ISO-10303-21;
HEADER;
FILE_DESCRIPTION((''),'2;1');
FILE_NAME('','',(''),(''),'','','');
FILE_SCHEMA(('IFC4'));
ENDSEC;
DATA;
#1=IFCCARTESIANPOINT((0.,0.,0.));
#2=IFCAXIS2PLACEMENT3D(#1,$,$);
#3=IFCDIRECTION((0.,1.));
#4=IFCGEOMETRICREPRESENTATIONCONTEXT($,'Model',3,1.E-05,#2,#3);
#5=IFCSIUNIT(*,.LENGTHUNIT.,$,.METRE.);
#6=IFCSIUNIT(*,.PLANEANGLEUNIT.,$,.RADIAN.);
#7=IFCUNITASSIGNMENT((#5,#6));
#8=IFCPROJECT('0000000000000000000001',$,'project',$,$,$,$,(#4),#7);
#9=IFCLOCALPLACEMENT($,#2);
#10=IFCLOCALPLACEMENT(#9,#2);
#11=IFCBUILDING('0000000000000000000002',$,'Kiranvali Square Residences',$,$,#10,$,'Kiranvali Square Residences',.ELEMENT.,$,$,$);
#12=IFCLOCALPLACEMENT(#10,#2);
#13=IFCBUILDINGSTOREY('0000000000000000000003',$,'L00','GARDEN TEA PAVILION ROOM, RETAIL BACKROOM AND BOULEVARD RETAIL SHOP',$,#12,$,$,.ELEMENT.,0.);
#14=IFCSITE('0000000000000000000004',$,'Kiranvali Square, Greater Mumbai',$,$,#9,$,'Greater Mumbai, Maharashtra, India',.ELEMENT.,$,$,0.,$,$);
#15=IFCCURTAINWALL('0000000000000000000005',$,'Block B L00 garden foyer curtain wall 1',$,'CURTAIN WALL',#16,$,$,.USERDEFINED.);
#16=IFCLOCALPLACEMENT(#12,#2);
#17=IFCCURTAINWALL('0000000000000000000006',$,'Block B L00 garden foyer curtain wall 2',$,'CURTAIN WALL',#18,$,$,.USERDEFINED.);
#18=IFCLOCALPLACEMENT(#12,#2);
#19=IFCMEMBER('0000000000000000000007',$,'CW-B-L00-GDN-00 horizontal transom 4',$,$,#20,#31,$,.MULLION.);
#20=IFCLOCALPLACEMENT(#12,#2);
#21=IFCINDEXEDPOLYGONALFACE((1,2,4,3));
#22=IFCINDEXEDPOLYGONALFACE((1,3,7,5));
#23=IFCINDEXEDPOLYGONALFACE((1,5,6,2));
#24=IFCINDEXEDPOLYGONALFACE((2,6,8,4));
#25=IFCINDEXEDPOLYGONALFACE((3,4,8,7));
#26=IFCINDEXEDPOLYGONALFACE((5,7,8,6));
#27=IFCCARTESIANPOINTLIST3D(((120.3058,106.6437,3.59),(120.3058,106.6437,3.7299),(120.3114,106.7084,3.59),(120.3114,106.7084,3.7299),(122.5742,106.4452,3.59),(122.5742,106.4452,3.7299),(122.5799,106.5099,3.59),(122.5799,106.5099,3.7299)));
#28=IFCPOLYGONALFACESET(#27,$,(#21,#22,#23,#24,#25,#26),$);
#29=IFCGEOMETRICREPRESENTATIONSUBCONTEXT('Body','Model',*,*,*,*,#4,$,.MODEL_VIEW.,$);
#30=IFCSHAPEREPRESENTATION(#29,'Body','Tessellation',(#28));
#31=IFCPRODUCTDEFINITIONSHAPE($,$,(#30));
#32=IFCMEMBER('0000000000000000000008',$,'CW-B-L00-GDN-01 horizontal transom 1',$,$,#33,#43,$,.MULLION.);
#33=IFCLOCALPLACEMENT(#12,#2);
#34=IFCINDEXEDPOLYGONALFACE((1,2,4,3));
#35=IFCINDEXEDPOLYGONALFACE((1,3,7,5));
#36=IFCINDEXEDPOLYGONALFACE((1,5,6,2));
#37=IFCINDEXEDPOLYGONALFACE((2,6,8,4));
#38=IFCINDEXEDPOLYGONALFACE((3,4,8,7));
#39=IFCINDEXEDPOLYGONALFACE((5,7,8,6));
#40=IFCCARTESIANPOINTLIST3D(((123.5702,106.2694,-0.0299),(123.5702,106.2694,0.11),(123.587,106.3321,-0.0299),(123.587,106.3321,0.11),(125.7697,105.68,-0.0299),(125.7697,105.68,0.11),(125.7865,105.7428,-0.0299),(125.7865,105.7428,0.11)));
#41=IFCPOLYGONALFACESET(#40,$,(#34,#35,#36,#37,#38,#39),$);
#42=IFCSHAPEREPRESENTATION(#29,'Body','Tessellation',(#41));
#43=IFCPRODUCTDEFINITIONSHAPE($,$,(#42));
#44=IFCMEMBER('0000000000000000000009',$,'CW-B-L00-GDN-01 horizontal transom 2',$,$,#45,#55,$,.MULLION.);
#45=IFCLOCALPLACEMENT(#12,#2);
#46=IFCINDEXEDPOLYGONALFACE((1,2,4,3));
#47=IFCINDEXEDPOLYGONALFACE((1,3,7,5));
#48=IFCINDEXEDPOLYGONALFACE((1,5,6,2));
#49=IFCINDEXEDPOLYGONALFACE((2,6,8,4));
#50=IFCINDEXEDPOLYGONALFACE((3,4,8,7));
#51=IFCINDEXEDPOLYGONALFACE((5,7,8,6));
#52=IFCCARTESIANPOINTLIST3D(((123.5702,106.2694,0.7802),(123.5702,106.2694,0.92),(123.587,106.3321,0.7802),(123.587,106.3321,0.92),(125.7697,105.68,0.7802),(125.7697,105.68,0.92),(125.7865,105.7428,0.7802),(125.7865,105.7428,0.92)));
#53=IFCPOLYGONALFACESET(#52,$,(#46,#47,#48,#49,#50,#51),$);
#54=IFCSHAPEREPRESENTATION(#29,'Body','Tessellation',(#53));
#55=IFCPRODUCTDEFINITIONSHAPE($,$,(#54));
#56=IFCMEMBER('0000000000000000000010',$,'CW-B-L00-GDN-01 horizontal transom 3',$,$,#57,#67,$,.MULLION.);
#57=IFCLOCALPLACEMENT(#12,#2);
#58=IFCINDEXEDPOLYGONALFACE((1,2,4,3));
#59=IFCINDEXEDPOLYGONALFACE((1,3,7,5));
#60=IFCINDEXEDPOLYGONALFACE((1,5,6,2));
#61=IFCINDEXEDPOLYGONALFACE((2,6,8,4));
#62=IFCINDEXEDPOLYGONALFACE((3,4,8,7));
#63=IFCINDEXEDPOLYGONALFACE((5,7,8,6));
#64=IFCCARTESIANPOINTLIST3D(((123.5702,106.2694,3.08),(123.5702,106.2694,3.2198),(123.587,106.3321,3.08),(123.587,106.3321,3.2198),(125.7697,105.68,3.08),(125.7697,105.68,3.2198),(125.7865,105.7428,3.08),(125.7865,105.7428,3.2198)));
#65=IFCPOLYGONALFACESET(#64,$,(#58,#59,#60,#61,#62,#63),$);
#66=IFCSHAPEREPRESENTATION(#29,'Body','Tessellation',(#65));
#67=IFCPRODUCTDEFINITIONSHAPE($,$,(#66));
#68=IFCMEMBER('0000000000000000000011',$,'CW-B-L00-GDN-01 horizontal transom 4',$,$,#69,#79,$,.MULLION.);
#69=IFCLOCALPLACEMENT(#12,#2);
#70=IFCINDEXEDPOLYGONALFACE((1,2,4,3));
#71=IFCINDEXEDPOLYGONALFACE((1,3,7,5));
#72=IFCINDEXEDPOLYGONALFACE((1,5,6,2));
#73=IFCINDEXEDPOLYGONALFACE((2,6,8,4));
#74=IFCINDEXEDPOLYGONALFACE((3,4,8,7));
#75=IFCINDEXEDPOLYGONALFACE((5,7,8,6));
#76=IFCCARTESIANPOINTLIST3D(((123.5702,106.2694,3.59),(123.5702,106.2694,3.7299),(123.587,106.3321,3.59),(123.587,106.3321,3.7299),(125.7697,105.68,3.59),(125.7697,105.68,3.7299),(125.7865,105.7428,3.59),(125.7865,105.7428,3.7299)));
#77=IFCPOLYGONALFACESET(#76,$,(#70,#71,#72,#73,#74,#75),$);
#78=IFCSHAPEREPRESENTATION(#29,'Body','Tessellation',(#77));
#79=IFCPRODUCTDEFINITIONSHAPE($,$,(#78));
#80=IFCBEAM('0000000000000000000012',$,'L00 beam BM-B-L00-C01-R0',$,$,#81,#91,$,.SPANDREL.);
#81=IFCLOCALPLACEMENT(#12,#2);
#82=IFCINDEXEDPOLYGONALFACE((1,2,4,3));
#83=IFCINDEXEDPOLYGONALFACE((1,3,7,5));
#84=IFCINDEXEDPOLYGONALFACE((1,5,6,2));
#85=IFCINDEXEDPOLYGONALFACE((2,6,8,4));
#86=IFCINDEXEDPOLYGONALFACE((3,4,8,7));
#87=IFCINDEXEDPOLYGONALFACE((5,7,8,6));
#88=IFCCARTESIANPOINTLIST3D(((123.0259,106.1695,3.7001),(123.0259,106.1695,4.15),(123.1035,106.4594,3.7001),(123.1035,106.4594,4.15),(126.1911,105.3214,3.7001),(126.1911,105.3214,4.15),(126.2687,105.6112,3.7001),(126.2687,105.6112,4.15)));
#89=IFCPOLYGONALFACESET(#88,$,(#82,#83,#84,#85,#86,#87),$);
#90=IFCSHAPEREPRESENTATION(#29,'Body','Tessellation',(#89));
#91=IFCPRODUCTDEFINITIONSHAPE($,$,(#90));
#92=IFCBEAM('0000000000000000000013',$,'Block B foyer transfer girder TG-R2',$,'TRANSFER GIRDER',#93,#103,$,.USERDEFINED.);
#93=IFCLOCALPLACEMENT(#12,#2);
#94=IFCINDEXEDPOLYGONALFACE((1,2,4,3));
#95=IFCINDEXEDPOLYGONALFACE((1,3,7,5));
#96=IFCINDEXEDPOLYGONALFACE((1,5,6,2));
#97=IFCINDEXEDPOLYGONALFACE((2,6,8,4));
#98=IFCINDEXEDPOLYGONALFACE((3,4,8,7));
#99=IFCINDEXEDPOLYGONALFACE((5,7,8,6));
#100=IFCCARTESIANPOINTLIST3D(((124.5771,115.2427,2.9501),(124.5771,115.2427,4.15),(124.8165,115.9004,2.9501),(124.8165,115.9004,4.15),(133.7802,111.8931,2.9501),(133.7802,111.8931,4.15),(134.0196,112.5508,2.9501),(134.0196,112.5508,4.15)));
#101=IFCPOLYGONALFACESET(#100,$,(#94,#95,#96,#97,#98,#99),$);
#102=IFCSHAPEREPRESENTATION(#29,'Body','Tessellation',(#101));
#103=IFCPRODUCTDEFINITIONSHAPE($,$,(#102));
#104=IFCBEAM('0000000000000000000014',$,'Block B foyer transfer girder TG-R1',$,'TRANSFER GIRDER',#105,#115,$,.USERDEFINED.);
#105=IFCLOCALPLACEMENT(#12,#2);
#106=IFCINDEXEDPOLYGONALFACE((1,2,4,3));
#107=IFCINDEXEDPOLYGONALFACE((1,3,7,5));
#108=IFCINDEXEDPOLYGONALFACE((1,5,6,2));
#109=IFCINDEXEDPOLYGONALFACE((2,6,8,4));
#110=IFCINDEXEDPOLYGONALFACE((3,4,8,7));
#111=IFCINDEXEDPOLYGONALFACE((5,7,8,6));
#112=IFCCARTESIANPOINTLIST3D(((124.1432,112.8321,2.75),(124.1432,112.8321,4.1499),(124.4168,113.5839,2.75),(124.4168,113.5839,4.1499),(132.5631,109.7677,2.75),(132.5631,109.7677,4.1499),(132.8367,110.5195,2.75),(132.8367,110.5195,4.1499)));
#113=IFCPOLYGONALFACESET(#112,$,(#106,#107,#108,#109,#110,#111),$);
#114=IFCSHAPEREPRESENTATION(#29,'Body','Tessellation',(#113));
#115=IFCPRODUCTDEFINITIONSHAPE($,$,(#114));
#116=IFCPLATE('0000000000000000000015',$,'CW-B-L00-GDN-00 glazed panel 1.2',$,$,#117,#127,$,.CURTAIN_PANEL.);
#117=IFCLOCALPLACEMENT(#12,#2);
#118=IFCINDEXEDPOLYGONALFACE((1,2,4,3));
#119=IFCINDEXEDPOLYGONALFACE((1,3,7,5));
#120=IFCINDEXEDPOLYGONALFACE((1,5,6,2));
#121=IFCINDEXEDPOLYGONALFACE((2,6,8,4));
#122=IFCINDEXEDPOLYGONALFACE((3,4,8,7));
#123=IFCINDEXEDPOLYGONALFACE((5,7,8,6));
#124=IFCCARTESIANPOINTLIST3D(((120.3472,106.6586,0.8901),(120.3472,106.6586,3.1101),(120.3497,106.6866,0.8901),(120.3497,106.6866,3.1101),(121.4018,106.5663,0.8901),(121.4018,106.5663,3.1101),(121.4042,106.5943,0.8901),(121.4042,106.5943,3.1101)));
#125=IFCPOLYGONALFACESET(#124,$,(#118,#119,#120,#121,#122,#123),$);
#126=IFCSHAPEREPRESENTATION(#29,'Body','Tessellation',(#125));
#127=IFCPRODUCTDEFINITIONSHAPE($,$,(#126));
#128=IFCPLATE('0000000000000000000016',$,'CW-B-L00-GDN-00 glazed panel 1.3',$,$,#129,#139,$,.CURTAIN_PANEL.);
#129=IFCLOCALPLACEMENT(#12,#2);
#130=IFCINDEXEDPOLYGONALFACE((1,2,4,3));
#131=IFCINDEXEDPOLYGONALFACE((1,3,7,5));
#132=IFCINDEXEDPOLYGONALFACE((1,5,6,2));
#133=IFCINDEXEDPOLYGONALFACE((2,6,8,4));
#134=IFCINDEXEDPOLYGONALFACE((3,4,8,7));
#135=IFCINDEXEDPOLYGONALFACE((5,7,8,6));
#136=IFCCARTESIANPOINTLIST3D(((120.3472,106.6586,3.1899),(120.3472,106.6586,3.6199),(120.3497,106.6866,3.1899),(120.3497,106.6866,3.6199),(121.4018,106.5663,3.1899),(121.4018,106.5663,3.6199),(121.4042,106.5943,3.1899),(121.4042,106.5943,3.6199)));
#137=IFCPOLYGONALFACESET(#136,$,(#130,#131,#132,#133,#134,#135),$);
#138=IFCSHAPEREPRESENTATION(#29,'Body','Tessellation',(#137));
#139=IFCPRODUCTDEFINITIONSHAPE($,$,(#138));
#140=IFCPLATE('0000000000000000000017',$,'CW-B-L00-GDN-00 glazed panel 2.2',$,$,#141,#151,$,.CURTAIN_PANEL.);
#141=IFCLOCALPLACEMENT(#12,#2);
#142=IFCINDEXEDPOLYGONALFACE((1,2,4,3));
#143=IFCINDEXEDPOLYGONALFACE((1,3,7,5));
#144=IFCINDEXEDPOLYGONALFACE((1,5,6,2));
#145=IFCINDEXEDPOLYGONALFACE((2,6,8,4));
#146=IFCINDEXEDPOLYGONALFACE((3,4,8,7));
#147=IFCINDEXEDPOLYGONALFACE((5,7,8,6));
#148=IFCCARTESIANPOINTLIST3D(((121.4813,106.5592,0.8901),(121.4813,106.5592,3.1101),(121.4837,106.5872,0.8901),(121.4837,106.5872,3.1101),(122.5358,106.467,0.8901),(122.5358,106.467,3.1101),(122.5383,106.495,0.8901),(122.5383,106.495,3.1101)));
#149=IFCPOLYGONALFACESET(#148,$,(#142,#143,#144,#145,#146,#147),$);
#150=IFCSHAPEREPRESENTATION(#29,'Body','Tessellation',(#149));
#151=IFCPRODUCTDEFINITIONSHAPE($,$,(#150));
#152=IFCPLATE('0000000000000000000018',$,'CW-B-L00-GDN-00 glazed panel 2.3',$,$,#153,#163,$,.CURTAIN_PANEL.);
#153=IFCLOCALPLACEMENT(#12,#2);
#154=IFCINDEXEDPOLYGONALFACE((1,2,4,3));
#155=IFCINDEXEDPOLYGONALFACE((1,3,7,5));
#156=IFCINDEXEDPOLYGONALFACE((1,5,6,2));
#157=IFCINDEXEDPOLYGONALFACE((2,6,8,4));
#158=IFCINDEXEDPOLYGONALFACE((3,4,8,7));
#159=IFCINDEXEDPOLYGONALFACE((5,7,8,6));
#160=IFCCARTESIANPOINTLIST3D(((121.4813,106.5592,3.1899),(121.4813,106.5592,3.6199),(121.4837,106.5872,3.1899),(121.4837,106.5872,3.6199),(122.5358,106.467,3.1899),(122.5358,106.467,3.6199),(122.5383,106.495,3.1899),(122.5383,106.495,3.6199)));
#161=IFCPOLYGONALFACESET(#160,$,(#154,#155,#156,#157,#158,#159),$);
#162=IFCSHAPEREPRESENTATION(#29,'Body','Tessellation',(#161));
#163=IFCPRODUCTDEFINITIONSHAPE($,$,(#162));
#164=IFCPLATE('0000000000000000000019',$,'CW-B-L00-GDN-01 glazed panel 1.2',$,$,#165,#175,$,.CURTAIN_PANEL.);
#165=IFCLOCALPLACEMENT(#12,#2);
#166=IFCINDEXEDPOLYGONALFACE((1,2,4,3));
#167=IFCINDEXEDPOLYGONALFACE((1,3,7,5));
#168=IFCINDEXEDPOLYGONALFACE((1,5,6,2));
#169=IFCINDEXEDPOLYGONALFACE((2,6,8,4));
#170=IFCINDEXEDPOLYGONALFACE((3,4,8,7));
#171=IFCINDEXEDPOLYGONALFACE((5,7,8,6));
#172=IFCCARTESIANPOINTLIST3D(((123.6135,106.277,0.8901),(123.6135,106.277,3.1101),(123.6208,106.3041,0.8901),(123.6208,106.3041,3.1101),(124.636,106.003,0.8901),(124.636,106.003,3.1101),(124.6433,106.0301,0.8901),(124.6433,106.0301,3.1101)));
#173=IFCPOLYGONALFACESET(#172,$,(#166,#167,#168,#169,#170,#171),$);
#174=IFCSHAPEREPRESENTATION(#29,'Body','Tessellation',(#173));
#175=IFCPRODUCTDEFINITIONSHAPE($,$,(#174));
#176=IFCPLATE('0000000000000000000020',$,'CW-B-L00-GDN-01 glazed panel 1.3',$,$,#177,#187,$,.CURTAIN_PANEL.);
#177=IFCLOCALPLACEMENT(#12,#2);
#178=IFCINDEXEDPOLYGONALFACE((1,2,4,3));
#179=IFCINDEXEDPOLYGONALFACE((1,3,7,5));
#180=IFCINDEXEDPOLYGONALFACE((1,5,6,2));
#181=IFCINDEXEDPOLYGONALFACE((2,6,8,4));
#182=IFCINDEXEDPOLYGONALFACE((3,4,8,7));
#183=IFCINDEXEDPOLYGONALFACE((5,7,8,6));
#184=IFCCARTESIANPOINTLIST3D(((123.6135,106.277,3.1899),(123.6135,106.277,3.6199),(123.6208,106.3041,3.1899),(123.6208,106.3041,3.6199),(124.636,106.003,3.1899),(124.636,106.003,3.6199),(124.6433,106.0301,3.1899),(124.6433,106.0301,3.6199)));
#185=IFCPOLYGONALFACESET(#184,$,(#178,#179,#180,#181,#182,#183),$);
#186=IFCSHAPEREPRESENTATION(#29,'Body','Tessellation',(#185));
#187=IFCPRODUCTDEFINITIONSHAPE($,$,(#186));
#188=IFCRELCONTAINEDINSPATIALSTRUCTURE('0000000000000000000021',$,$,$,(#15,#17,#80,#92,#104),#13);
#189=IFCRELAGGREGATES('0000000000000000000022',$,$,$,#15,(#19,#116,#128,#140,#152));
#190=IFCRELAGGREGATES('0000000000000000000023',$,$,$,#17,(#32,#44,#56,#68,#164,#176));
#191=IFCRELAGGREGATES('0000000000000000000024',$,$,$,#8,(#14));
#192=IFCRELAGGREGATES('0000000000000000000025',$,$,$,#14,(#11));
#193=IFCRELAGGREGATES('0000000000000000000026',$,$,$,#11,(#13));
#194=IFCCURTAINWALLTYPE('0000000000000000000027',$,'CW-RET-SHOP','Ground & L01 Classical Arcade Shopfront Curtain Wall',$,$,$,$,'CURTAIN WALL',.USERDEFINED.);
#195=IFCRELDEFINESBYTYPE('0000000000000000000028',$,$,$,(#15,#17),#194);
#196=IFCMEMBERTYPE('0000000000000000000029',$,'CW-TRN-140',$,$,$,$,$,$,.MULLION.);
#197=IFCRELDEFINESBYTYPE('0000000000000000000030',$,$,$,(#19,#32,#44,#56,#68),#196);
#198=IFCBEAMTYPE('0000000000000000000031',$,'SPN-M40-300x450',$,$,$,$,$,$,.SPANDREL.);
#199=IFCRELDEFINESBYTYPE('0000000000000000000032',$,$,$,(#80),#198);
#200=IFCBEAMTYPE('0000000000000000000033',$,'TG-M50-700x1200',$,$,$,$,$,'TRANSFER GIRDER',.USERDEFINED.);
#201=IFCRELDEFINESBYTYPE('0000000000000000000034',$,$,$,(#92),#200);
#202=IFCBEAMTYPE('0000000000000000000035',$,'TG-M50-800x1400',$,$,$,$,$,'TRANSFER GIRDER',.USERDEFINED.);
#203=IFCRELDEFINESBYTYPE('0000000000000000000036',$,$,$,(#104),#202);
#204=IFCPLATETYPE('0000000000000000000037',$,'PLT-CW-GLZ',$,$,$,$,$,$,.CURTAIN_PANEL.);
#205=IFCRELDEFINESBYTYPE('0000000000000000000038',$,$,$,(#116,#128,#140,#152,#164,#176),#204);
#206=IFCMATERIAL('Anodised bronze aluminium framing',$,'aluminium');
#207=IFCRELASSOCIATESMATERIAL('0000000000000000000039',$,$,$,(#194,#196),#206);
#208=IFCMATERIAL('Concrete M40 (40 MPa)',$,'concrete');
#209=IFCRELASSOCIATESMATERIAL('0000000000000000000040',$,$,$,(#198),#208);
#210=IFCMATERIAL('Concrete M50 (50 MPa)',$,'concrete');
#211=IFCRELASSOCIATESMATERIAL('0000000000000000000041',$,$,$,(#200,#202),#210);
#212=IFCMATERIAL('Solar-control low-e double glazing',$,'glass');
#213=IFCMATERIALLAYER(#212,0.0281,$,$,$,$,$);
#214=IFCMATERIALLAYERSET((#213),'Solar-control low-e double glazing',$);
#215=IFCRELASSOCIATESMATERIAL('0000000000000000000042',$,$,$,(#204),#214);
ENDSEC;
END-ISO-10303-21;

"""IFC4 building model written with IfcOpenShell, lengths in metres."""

from ifc_helpers import new_model, si_unit, direction, frame, origin, origin_2d, place, context, subcontext, project, spatial, rectangle, extrude, material, layer, layer_set, material_profile, profile_set, type_object, element, aggregate, save


model = new_model("IFC4")

# Units and contexts
model_context = context("Model", 3, precision=1e-05, world=origin(), true_north=direction((0.0, 1.0)))
body_context = subcontext(model_context, "Body", "Model", "MODEL_VIEW")
ifc_project = project(units=[si_unit("LENGTHUNIT", "METRE"), si_unit("PLANEANGLEUNIT", "RADIAN")], contexts=[model_context])

# Site, building, storey
site_placement = place(None, origin())
site = spatial("IfcSite", under=ifc_project, at=site_placement, Name="Kiranvali Square, Greater Mumbai", LongName="Greater Mumbai, Maharashtra, India", CompositionType="ELEMENT", RefElevation=0.0)
building_placement = place(site_placement, origin())
building = spatial("IfcBuilding", under=site, at=building_placement, Name="Kiranvali Square Residences", LongName="Kiranvali Square Residences", CompositionType="ELEMENT")
storey_placement = place(building_placement, origin())
storey = spatial("IfcBuildingStorey", under=building, at=storey_placement, Name="L00", Description="GARDEN TEA PAVILION ROOM, RETAIL BACKROOM AND BOULEVARD RETAIL SHOP", CompositionType="ELEMENT", Elevation=0.0)

# Shared definitions
ifc_material_1 = material(Name="Concrete M50 (50 MPa)", Category="concrete")

# Curtain walls
ifc_material_2 = material(Name="Anodised bronze aluminium framing", Category="aluminium")
curtain_wall_type = type_object("IfcCurtainWallType", Name="CW-RET-SHOP", Description="Ground & L01 Classical Arcade Shopfront Curtain Wall", ElementType="CURTAIN WALL", PredefinedType="USERDEFINED", material=ifc_material_2)
curtain_wall_1_placement = place(storey_placement, origin())
curtain_wall_1 = element("IfcCurtainWall", 1, at=curtain_wall_1_placement, inside=storey, type_object=curtain_wall_type, Name="Block B L00 garden foyer curtain wall 1", ObjectType="CURTAIN WALL", PredefinedType="USERDEFINED")
curtain_wall_2_placement = place(storey_placement, origin())
curtain_wall_2 = element("IfcCurtainWall", 2, at=curtain_wall_2_placement, inside=storey, type_object=curtain_wall_type, Name="Block B L00 garden foyer curtain wall 2", ObjectType="CURTAIN WALL", PredefinedType="USERDEFINED")

# Members
ifc_material_profile_1 = material_profile(ifc_material_2, rectangle(XDim=0.0649, YDim=0.1399, at=origin_2d()), Name="ALU 65x140")
ifc_profile_set_1 = profile_set([ifc_material_profile_1], Name="Anodised bronze aluminium framing")
member_type_1 = type_object("IfcMemberType", Name="CW-TRN-140", PredefinedType="MULLION", material=ifc_profile_set_1)
member_1_placement = place(storey_placement, frame((120.3086, 106.676, 3.6599), z_axis=(0.996193, -0.087171, 0.0), x_axis=(0.087171, 0.996193, 0.0)))
member_1 = element("IfcMember", 3, at=member_1_placement, type_object=member_type_1, Name="CW-B-L00-GDN-00 horizontal transom 4", PredefinedType="MULLION", context=body_context, shape_type="SweptSolid", body=[
    extrude(rectangle(XDim=0.0649, YDim=0.1399, at=origin_2d()), origin(), (0.0, 0.0, 1.0), 2.2771),
])
member_2_placement = place(storey_placement, frame((123.5786, 106.3008, 0.04), z_axis=(0.965925, -0.258824, 0.0), x_axis=(0.258824, 0.965925, 0.0)))
member_2 = element("IfcMember", 4, at=member_2_placement, type_object=member_type_1, Name="CW-B-L00-GDN-01 horizontal transom 1", PredefinedType="MULLION", context=body_context, shape_type="SweptSolid", body=[
    extrude(rectangle(XDim=0.0649, YDim=0.1399, at=origin_2d()), origin(), (0.0, 0.0, 1.0), 2.2771),
])
member_3_placement = place(storey_placement, frame((123.5786, 106.3008, 0.8501), z_axis=(0.965925, -0.258824, 0.0), x_axis=(0.258824, 0.965925, 0.0)))
member_3 = element("IfcMember", 5, at=member_3_placement, type_object=member_type_1, Name="CW-B-L00-GDN-01 horizontal transom 2", PredefinedType="MULLION", context=body_context, shape_type="SweptSolid", body=[
    extrude(rectangle(XDim=0.0649, YDim=0.1399, at=origin_2d()), origin(), (0.0, 0.0, 1.0), 2.2771),
])
member_4_placement = place(storey_placement, frame((123.5786, 106.3008, 3.1499), z_axis=(0.965925, -0.258824, 0.0), x_axis=(0.258824, 0.965925, 0.0)))
member_4 = element("IfcMember", 6, at=member_4_placement, type_object=member_type_1, Name="CW-B-L00-GDN-01 horizontal transom 3", PredefinedType="MULLION", context=body_context, shape_type="SweptSolid", body=[
    extrude(rectangle(XDim=0.0649, YDim=0.1399, at=origin_2d()), origin(), (0.0, 0.0, 1.0), 2.2771),
])
member_5_placement = place(storey_placement, frame((123.5786, 106.3008, 3.6599), z_axis=(0.965925, -0.258824, 0.0), x_axis=(0.258824, 0.965925, 0.0)))
member_5 = element("IfcMember", 7, at=member_5_placement, type_object=member_type_1, Name="CW-B-L00-GDN-01 horizontal transom 4", PredefinedType="MULLION", context=body_context, shape_type="SweptSolid", body=[
    extrude(rectangle(XDim=0.0649, YDim=0.1399, at=origin_2d()), origin(), (0.0, 0.0, 1.0), 2.2771),
])

# Beams
ifc_material_3 = material(Name="Concrete M40 (40 MPa)", Category="concrete")
ifc_material_profile_2 = material_profile(ifc_material_3, rectangle(XDim=0.3, YDim=0.45, at=origin_2d()), Name="RC 300x450")
ifc_profile_set_2 = profile_set([ifc_material_profile_2], Name="Concrete M40 (40 MPa)")
beam_type_1 = type_object("IfcBeamType", Name="SPN-M40-300x450", PredefinedType="SPANDREL", material=ifc_profile_set_2)
beam_1_placement = place(storey_placement, frame((123.0647, 106.3145, 3.925), z_axis=(0.965925, -0.258822, 0.0), x_axis=(0.258822, 0.965925, 0.0)))
element("IfcBeam", 8, at=beam_1_placement, inside=storey, type_object=beam_type_1, Name="L00 beam BM-B-L00-C01-R0", PredefinedType="SPANDREL", context=body_context, shape_type="SweptSolid", body=[
    extrude(rectangle(XDim=0.3, YDim=0.45, at=origin_2d()), origin(), (0.0, 0.0, 1.0), 3.2769),
])
ifc_material_profile_3 = material_profile(ifc_material_1, rectangle(XDim=0.7, YDim=1.2, at=origin_2d()), Name="RC 700x1200")
ifc_profile_set_3 = profile_set([ifc_material_profile_3], Name="Concrete M50 (50 MPa)")
beam_type_2 = type_object("IfcBeamType", Name="TG-M50-700x1200", ElementType="TRANSFER GIRDER", PredefinedType="USERDEFINED", material=ifc_profile_set_3)
beam_2_placement = place(storey_placement, frame((124.6968, 115.5715, 3.55), z_axis=(0.939694, -0.342015, 0.0), x_axis=(0.342015, 0.939694, 0.0)))
element("IfcBeam", 9, at=beam_2_placement, inside=storey, type_object=beam_type_2, Name="Block B foyer transfer girder TG-R2", ObjectType="TRANSFER GIRDER", PredefinedType="USERDEFINED", context=body_context, shape_type="SweptSolid", body=[
    extrude(rectangle(XDim=0.7, YDim=1.2, at=origin_2d()), origin(), (0.0, 0.0, 1.0), 9.7937),
])
ifc_material_profile_4 = material_profile(ifc_material_1, rectangle(XDim=0.8, YDim=1.3999, at=origin_2d()), Name="RC 800x1400")
ifc_profile_set_4 = profile_set([ifc_material_profile_4], Name="Concrete M50 (50 MPa)")
beam_type_3 = type_object("IfcBeamType", Name="TG-M50-800x1400", ElementType="TRANSFER GIRDER", PredefinedType="USERDEFINED", material=ifc_profile_set_4)
beam_3_placement = place(storey_placement, frame((124.28, 113.208, 3.45), z_axis=(0.939698, -0.342006, 0.0), x_axis=(0.342006, 0.939698, 0.0)))
element("IfcBeam", 10, at=beam_3_placement, inside=storey, type_object=beam_type_3, Name="Block B foyer transfer girder TG-R1", ObjectType="TRANSFER GIRDER", PredefinedType="USERDEFINED", context=body_context, shape_type="SweptSolid", body=[
    extrude(rectangle(XDim=0.8, YDim=1.3999, at=origin_2d()), origin(), (0.0, 0.0, 1.0), 8.9602),
])

# Plates
ifc_material_4 = material(Name="Solar-control low-e double glazing", Category="glass")
ifc_layer_1 = layer(ifc_material_4, 0.0281)
ifc_layer_set_1 = layer_set([ifc_layer_1], Name="Solar-control low-e double glazing")
plate_type_1 = type_object("IfcPlateType", Name="PLT-CW-GLZ", PredefinedType="CURTAIN_PANEL", material=ifc_layer_set_1)
plate_1_placement = place(storey_placement, frame((120.8757, 106.6265, 0.8901), z_axis=(0.0, 0.0, 1.0), x_axis=(0.996195, -0.087156, 0.0)))
plate_1 = element("IfcPlate", 11, at=plate_1_placement, type_object=plate_type_1, Name="CW-B-L00-GDN-00 glazed panel 1.2", PredefinedType="CURTAIN_PANEL", context=body_context, shape_type="SweptSolid", body=[
    extrude(rectangle(XDim=1.0586, YDim=0.0281, at=origin_2d()), origin(), (0.0, 0.0, 1.0), 2.22),
])
plate_2_placement = place(storey_placement, frame((120.8757, 106.6265, 3.1899), z_axis=(0.0, 0.0, 1.0), x_axis=(0.996195, -0.087156, 0.0)))
plate_2 = element("IfcPlate", 12, at=plate_2_placement, type_object=plate_type_1, Name="CW-B-L00-GDN-00 glazed panel 1.3", PredefinedType="CURTAIN_PANEL", context=body_context, shape_type="SweptSolid", body=[
    extrude(rectangle(XDim=1.0586, YDim=0.0281, at=origin_2d()), origin(), (0.0, 0.0, 1.0), 0.4299),
])
plate_3_placement = place(storey_placement, frame((122.0098, 106.5271, 0.8901), z_axis=(0.0, 0.0, 1.0), x_axis=(0.996195, -0.087156, 0.0)))
plate_3 = element("IfcPlate", 13, at=plate_3_placement, type_object=plate_type_1, Name="CW-B-L00-GDN-00 glazed panel 2.2", PredefinedType="CURTAIN_PANEL", context=body_context, shape_type="SweptSolid", body=[
    extrude(rectangle(XDim=1.0586, YDim=0.0281, at=origin_2d()), origin(), (0.0, 0.0, 1.0), 2.22),
])
plate_4_placement = place(storey_placement, frame((122.0098, 106.5271, 3.1899), z_axis=(0.0, 0.0, 1.0), x_axis=(0.996195, -0.087156, 0.0)))
plate_4 = element("IfcPlate", 14, at=plate_4_placement, type_object=plate_type_1, Name="CW-B-L00-GDN-00 glazed panel 2.3", PredefinedType="CURTAIN_PANEL", context=body_context, shape_type="SweptSolid", body=[
    extrude(rectangle(XDim=1.0586, YDim=0.0281, at=origin_2d()), origin(), (0.0, 0.0, 1.0), 0.4299),
])
plate_5_placement = place(storey_placement, frame((124.1284, 106.1536, 0.8901), z_axis=(0.0, 0.0, 1.0), x_axis=(0.965926, -0.258819, 0.0)))
plate_5 = element("IfcPlate", 15, at=plate_5_placement, type_object=plate_type_1, Name="CW-B-L00-GDN-01 glazed panel 1.2", PredefinedType="CURTAIN_PANEL", context=body_context, shape_type="SweptSolid", body=[
    extrude(rectangle(XDim=1.0586, YDim=0.0281, at=origin_2d()), origin(), (0.0, 0.0, 1.0), 2.22),
])
plate_6_placement = place(storey_placement, frame((124.1284, 106.1536, 3.1899), z_axis=(0.0, 0.0, 1.0), x_axis=(0.965926, -0.258819, 0.0)))
plate_6 = element("IfcPlate", 16, at=plate_6_placement, type_object=plate_type_1, Name="CW-B-L00-GDN-01 glazed panel 1.3", PredefinedType="CURTAIN_PANEL", context=body_context, shape_type="SweptSolid", body=[
    extrude(rectangle(XDim=1.0586, YDim=0.0281, at=origin_2d()), origin(), (0.0, 0.0, 1.0), 0.4299),
])
aggregate(curtain_wall_1, [member_1, plate_1, plate_2, plate_3, plate_4])
aggregate(curtain_wall_2, [member_2, member_3, member_4, member_5, plate_5, plate_6])

save(model, "model.ifc")
